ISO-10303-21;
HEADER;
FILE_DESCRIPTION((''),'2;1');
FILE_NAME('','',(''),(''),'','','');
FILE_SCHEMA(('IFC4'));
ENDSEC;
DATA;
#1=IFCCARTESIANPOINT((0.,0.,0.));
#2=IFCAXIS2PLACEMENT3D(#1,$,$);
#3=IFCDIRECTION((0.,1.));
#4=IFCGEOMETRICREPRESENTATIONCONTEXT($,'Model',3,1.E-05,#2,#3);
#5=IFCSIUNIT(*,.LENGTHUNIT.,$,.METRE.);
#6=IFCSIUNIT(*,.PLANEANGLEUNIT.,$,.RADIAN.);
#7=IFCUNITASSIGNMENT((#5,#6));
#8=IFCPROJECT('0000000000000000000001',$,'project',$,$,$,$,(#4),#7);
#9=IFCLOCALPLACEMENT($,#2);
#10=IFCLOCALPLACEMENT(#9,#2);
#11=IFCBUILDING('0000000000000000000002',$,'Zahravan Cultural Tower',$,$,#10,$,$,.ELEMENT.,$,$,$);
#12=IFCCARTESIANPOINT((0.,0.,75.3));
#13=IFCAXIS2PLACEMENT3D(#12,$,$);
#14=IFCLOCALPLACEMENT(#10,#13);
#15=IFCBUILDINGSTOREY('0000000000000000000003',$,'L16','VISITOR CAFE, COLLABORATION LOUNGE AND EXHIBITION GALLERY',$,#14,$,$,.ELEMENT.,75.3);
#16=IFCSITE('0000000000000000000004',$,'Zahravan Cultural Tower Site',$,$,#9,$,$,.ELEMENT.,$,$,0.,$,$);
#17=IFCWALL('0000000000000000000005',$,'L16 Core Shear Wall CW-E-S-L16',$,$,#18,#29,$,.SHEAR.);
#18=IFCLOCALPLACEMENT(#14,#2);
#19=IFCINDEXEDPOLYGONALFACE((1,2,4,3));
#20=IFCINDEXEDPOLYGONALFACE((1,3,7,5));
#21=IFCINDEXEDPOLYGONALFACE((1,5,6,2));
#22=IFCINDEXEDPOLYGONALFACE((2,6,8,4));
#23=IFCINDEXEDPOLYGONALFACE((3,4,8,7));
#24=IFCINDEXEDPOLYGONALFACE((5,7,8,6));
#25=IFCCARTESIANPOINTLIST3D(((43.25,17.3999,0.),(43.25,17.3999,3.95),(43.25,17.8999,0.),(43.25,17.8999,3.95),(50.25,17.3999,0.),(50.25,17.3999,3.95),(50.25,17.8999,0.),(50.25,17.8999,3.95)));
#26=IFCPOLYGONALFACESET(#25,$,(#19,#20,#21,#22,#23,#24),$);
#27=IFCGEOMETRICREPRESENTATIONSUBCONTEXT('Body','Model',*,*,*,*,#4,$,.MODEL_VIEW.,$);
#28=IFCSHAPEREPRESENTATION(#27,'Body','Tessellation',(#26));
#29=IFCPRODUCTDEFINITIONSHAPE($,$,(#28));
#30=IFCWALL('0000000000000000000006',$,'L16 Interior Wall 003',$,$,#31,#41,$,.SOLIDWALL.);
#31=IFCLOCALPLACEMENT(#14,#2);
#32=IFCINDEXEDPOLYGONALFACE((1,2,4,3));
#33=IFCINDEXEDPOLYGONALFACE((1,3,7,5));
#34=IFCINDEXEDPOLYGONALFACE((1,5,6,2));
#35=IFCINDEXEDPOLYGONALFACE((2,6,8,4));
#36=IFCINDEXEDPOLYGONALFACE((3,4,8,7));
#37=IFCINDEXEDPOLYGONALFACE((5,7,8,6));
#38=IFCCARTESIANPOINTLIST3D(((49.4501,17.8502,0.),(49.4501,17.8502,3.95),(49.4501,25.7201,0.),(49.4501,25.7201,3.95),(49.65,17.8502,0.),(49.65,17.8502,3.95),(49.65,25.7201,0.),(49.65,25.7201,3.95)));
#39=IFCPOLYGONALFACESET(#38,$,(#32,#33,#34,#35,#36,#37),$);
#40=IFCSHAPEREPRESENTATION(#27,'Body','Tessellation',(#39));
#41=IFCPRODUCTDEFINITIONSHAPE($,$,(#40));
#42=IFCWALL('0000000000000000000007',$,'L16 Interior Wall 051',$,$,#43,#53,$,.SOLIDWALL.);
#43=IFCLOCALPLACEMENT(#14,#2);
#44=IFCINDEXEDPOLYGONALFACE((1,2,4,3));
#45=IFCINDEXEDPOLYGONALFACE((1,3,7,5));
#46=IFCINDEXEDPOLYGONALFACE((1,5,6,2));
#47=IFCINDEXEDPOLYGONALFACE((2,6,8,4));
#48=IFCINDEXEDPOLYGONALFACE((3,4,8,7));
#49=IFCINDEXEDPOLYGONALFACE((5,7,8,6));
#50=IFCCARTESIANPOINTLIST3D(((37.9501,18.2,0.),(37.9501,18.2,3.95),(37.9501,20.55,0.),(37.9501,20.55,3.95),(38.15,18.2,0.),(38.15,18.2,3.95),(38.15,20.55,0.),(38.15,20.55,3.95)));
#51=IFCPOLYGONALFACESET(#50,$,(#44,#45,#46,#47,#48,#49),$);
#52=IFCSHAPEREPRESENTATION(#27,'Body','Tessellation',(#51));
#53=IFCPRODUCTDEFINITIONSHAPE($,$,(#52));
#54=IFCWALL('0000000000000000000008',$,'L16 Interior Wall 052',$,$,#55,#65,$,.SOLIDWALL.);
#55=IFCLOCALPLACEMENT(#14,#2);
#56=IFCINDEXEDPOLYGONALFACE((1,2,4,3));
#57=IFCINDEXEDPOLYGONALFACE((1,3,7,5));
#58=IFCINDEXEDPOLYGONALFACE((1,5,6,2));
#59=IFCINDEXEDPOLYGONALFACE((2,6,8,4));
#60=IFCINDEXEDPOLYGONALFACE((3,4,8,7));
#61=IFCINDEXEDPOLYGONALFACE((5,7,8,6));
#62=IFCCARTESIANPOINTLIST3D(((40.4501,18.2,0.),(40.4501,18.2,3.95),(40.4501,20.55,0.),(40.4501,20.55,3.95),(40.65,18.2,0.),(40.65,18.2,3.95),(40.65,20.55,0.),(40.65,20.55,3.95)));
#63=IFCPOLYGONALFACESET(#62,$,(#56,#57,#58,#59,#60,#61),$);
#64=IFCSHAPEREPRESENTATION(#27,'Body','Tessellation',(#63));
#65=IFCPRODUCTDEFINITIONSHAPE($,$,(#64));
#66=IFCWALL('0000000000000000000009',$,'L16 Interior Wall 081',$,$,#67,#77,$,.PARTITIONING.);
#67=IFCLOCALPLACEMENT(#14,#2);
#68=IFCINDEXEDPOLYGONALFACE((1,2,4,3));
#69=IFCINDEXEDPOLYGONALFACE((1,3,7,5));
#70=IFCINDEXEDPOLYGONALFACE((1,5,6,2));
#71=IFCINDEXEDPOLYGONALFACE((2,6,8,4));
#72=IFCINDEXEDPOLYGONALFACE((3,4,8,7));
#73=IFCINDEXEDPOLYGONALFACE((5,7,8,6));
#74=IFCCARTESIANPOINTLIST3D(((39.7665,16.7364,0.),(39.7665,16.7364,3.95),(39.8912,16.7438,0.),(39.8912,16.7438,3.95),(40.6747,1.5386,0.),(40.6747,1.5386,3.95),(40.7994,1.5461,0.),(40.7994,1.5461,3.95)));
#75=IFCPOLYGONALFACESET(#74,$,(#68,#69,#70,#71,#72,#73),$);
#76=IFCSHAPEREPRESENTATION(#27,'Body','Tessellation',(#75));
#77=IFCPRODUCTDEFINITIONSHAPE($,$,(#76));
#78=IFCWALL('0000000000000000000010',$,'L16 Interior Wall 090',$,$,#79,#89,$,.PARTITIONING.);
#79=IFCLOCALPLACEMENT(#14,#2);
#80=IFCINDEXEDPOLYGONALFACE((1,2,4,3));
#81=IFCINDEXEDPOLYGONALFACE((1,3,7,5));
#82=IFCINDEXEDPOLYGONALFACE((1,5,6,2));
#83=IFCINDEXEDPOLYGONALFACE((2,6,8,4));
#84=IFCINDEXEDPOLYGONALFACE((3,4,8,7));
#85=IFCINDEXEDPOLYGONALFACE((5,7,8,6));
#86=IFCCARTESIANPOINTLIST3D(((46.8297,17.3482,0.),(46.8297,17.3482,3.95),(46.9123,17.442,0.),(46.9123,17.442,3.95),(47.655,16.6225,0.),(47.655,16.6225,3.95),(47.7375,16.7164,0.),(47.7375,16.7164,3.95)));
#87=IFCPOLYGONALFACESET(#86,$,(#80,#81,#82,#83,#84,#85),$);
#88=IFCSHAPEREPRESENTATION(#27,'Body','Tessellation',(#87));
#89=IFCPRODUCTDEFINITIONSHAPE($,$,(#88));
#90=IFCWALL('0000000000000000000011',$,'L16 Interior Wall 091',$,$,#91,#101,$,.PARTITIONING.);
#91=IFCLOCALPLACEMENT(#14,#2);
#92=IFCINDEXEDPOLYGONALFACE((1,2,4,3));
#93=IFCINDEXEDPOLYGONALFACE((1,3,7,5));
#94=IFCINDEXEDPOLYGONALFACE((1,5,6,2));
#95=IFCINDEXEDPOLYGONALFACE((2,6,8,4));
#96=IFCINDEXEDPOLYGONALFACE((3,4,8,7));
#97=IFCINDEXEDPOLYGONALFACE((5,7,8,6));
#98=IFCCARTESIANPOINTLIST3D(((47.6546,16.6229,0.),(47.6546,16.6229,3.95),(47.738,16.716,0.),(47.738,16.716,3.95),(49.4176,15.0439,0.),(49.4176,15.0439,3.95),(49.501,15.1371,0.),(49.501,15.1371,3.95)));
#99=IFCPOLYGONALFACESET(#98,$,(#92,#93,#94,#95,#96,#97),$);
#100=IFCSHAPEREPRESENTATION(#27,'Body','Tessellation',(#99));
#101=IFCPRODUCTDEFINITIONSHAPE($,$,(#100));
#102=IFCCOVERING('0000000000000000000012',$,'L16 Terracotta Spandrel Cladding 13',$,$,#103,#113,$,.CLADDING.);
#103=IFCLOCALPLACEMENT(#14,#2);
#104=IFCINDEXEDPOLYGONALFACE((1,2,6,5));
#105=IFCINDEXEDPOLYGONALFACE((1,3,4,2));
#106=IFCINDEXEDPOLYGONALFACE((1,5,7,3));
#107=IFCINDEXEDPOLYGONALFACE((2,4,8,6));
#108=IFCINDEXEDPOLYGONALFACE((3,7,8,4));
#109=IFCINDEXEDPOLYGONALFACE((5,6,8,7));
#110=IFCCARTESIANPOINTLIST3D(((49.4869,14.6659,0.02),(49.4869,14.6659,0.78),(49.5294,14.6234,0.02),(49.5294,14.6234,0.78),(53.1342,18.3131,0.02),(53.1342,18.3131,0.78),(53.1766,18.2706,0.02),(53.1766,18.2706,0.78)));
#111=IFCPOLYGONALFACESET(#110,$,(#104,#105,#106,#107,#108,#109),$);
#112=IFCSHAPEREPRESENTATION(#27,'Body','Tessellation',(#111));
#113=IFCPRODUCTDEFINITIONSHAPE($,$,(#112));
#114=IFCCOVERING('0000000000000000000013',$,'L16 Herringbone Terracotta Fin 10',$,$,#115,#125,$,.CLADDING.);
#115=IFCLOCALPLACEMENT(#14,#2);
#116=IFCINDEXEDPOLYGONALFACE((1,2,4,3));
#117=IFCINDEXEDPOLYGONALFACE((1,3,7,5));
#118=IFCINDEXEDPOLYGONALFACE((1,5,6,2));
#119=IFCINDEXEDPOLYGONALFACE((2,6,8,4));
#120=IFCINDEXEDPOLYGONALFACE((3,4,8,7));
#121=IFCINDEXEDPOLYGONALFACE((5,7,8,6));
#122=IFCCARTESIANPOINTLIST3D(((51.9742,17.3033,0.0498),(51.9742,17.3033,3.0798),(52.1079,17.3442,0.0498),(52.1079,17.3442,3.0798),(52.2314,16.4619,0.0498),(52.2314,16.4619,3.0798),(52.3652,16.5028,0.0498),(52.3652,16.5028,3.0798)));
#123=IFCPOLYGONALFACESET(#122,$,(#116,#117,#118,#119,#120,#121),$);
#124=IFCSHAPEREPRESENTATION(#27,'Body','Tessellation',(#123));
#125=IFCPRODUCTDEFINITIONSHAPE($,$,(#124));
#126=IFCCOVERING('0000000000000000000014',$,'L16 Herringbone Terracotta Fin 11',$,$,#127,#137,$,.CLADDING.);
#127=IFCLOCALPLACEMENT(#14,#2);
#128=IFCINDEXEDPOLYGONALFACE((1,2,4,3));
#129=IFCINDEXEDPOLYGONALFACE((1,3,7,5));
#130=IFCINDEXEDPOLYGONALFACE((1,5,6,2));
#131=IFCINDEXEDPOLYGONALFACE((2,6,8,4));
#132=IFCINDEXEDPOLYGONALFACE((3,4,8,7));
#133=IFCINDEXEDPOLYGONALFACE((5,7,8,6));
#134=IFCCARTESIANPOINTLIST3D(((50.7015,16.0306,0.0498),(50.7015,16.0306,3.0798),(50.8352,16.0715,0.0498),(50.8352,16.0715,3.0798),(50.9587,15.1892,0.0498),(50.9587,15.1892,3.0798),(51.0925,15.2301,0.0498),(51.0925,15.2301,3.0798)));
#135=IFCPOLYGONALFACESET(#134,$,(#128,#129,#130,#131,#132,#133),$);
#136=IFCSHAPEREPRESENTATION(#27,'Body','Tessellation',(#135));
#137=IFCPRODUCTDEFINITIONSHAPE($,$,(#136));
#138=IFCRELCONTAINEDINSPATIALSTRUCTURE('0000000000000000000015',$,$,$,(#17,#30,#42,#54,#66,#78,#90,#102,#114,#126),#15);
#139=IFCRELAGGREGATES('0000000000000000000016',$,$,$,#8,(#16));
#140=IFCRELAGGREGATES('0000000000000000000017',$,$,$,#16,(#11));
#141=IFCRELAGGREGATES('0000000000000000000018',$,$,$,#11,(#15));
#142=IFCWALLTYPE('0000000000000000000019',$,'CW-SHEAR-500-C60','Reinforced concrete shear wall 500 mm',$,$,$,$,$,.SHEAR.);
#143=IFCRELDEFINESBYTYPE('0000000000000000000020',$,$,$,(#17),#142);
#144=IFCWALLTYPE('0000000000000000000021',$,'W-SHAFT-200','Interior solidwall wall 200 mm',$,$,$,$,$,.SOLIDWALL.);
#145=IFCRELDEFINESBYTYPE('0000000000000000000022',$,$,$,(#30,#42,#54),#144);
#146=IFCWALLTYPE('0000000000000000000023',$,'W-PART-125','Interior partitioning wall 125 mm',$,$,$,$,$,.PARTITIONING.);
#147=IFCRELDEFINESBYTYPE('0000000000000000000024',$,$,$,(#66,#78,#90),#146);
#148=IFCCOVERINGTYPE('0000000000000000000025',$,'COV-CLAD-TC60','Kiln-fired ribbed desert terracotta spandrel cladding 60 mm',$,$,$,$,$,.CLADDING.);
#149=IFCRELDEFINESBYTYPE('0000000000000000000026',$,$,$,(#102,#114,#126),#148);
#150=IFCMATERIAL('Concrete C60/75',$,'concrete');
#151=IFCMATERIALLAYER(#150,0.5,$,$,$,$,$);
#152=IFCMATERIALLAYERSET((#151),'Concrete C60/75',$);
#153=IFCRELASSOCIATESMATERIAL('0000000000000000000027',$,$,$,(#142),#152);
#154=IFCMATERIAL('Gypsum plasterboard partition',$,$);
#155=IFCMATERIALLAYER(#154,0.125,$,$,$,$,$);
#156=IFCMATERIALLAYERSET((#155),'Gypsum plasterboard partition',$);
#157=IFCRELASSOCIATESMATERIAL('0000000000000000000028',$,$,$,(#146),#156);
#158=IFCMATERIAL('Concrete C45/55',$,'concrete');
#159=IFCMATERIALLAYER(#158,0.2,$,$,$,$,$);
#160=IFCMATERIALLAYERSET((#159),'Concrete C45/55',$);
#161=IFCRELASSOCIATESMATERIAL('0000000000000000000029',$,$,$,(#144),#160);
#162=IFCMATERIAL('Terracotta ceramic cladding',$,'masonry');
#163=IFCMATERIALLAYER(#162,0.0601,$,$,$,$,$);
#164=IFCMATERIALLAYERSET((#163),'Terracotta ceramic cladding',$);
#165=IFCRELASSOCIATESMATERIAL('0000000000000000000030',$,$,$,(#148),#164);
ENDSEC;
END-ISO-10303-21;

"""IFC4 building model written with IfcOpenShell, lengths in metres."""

from ifc_helpers import new_model, si_unit, direction, frame, frame_2d, origin, origin_2d, place, context, subcontext, project, spatial, rectangle, extrude, source, transform, mapped, material, layer, layer_set, type_object, element, save


model = new_model("IFC4")

# Units and contexts
model_context = context("Model", 3, precision=1e-05, world=origin(), true_north=direction((0.0, 1.0)))
body_context = subcontext(model_context, "Body", "Model", "MODEL_VIEW")
ifc_project = project(units=[si_unit("LENGTHUNIT", "METRE"), si_unit("PLANEANGLEUNIT", "RADIAN")], contexts=[model_context])

# Site, building, storey
site_placement = place(None, origin())
site = spatial("IfcSite", under=ifc_project, at=site_placement, Name="Zahravan Cultural Tower Site", CompositionType="ELEMENT", RefElevation=0.0)
building_placement = place(site_placement, origin())
building = spatial("IfcBuilding", under=site, at=building_placement, Name="Zahravan Cultural Tower", CompositionType="ELEMENT")
storey_placement = place(building_placement, frame((0.0, 0.0, 75.3)))
storey = spatial("IfcBuildingStorey", under=building, at=storey_placement, Name="L16", Description="VISITOR CAFE, COLLABORATION LOUNGE AND EXHIBITION GALLERY", CompositionType="ELEMENT", Elevation=75.3)

# Shared definitions
ifc_material_1 = material(Name="Concrete C60/75", Category="concrete")

# Shared definitions
ifc_layer_1 = layer(ifc_material_1, 0.5)
ifc_layer_set_1 = layer_set([ifc_layer_1], Name="Concrete C60/75")
wall_type_1 = type_object("IfcWallType", Name="CW-SHEAR-500-C60", Description="Reinforced concrete shear wall 500 mm", PredefinedType="SHEAR", material=ifc_layer_set_1)

# Shared definitions
ifc_material_2 = material(Name="Gypsum plasterboard partition")
ifc_layer_2 = layer(ifc_material_2, 0.125)
ifc_layer_set_2 = layer_set([ifc_layer_2], Name="Gypsum plasterboard partition")
wall_type_2 = type_object("IfcWallType", Name="W-PART-125", Description="Interior partitioning wall 125 mm", PredefinedType="PARTITIONING", material=ifc_layer_set_2)
ifc_material_3 = material(Name="Concrete C45/55", Category="concrete")
ifc_layer_3 = layer(ifc_material_3, 0.2)
ifc_layer_set_3 = layer_set([ifc_layer_3], Name="Concrete C45/55")
wall_type_3 = type_object("IfcWallType", Name="W-SHAFT-200", Description="Interior solidwall wall 200 mm", PredefinedType="SOLIDWALL", material=ifc_layer_set_3)

# Walls
shared_shape_1 = source(origin(), body_context, "Body", "SweptSolid", [
    extrude(rectangle(XDim=7.0, YDim=0.5, at=frame_2d((3.5, 0.0))), origin(), (0.0, 0.0, 1.0), 3.95),
])
wall_1_placement = place(storey_placement, frame((43.25, 17.6499, 0.0), z_axis=(0.0, 0.0, 1.0), x_axis=(1.0, 0.0, 0.0)))
element("IfcWall", 1, at=wall_1_placement, inside=storey, type_object=wall_type_1, Name="L16 Core Shear Wall CW-E-S-L16", PredefinedType="SHEAR", context=body_context, shape_type="MappedRepresentation", body=[
    mapped(shared_shape_1, transform((0.0, 0.0, 0.0), x_axis=(1.0, 0.0, 0.0), y_axis=(0.0, 1.0, 0.0), z_axis=(0.0, 0.0, 1.0), scale=1.0)),
])
shared_shape_2 = source(origin(), body_context, "Body", "SweptSolid", [
    extrude(rectangle(XDim=7.8699, YDim=0.2, at=frame_2d((3.9351, 0.0))), origin(), (0.0, 0.0, 1.0), 3.95),
])
wall_2_placement = place(storey_placement, frame((49.55, 17.8501, 0.0), z_axis=(0.0, 0.0, 1.0), x_axis=(0.0, 1.0, 0.0)))
element("IfcWall", 2, at=wall_2_placement, inside=storey, type_object=wall_type_3, Name="L16 Interior Wall 003", PredefinedType="SOLIDWALL", context=body_context, shape_type="MappedRepresentation", body=[
    mapped(shared_shape_2, transform((0.0, 0.0, 0.0), x_axis=(1.0, 0.0, 0.0), y_axis=(0.0, 1.0, 0.0), z_axis=(0.0, 0.0, 1.0), scale=1.0)),
])
shared_shape_3 = source(origin(), body_context, "Body", "SweptSolid", [
    extrude(rectangle(XDim=2.3501, YDim=0.2, at=frame_2d((1.175, 0.0))), origin(), (0.0, 0.0, 1.0), 3.95),
])
for number, where, z_axis, x_axis, name in (
    (3, (38.05, 18.2, 0.0), (0.0, 0.0, 1.0), (0.0, 1.0, 0.0), "L16 Interior Wall 051"),
    (4, (40.55, 18.2, 0.0), (0.0, 0.0, 1.0), (0.0, 1.0, 0.0), "L16 Interior Wall 052"),
):
    element("IfcWall", number, at=place(storey_placement, frame(where, z_axis=z_axis, x_axis=x_axis)), inside=storey, type_object=wall_type_3, Name=name, PredefinedType="SOLIDWALL", context=body_context, shape_type="MappedRepresentation", body=[
        mapped(shared_shape_3, transform((0.0, 0.0, 0.0), x_axis=(1.0, 0.0, 0.0), y_axis=(0.0, 1.0, 0.0), z_axis=(0.0, 0.0, 1.0), scale=1.0)),
    ])
shared_shape_4 = source(origin(), body_context, "Body", "SweptSolid", [
    extrude(rectangle(XDim=15.2249, YDim=0.125, at=frame_2d((7.6123, 0.0))), origin(), (0.0, 0.0, 1.0), 3.95),
])
wall_3_placement = place(storey_placement, frame((39.8289, 16.74, 0.0), z_axis=(0.0, 0.0, 1.0), x_axis=(0.059653, -0.998219, 0.0)))
element("IfcWall", 5, at=wall_3_placement, inside=storey, type_object=wall_type_2, Name="L16 Interior Wall 081", PredefinedType="PARTITIONING", context=body_context, shape_type="MappedRepresentation", body=[
    mapped(shared_shape_4, transform((0.0, 0.0, 0.0), x_axis=(1.0, 0.0, 0.0), y_axis=(0.0, 1.0, 0.0), z_axis=(0.0, 0.0, 1.0), scale=1.0)),
])
shared_shape_5 = source(origin(), body_context, "Body", "SweptSolid", [
    extrude(rectangle(XDim=1.0989, YDim=0.125, at=frame_2d((0.5493, 0.0))), origin(), (0.0, 0.0, 1.0), 3.95),
])
wall_4_placement = place(storey_placement, frame((46.8711, 17.395, 0.0), z_axis=(0.0, 0.0, 1.0), x_axis=(0.750978, -0.660327, 0.0)))
element("IfcWall", 6, at=wall_4_placement, inside=storey, type_object=wall_type_2, Name="L16 Interior Wall 090", PredefinedType="PARTITIONING", context=body_context, shape_type="MappedRepresentation", body=[
    mapped(shared_shape_5, transform((0.0, 0.0, 0.0), x_axis=(1.0, 0.0, 0.0), y_axis=(0.0, 1.0, 0.0), z_axis=(0.0, 0.0, 1.0), scale=1.0)),
])
shared_shape_6 = source(origin(), body_context, "Body", "SweptSolid", [
    extrude(rectangle(XDim=2.3667, YDim=0.125, at=frame_2d((1.1833, 0.0))), origin(), (0.0, 0.0, 1.0), 3.95),
])
wall_5_placement = place(storey_placement, frame((47.6963, 16.6694, 0.0), z_axis=(0.0, 0.0, 1.0), x_axis=(0.744928, -0.667145, 0.0)))
element("IfcWall", 7, at=wall_5_placement, inside=storey, type_object=wall_type_2, Name="L16 Interior Wall 091", PredefinedType="PARTITIONING", context=body_context, shape_type="MappedRepresentation", body=[
    mapped(shared_shape_6, transform((0.0, 0.0, 0.0), x_axis=(1.0, 0.0, 0.0), y_axis=(0.0, 1.0, 0.0), z_axis=(0.0, 0.0, 1.0), scale=1.0)),
])

# Coverings
ifc_material_4 = material(Name="Terracotta ceramic cladding", Category="masonry")
ifc_layer_4 = layer(ifc_material_4, 0.0601)
ifc_layer_set_4 = layer_set([ifc_layer_4], Name="Terracotta ceramic cladding")
covering_type = type_object("IfcCoveringType", Name="COV-CLAD-TC60", Description="Kiln-fired ribbed desert terracotta spandrel cladding 60 mm", PredefinedType="CLADDING", material=ifc_layer_set_4)
shared_shape_7 = source(origin(), body_context, "Body", "SweptSolid", [
    extrude(rectangle(XDim=5.158, YDim=0.0601, at=origin_2d()), origin(), (0.0, 0.0, 1.0), 0.76),
])
covering_placement = place(storey_placement, frame((51.3318, 16.4683, 0.02), z_axis=(0.0, 0.0, 1.0), x_axis=(-0.707107, -0.707107, 0.0)))
element("IfcCovering", 8, at=covering_placement, inside=storey, type_object=covering_type, Name="L16 Terracotta Spandrel Cladding 13", PredefinedType="CLADDING", context=body_context, shape_type="MappedRepresentation", body=[
    mapped(shared_shape_7, transform((0.0, 0.0, 0.0), x_axis=(1.0, 0.0, 0.0), y_axis=(0.0, 1.0, 0.0), z_axis=(0.0, 0.0, 1.0), scale=1.0)),
])
shared_shape_8 = source(origin(), body_context, "Body", "SweptSolid", [
    extrude(rectangle(XDim=0.8799, YDim=0.1399, at=origin_2d()), origin(), (0.0, 0.0, 1.0), 3.03),
])
for number, where, z_axis, x_axis, name in (
    (9, (52.1697, 16.9031, 0.0498), (0.0, 0.0, 1.0), (0.292372, -0.956305, 0.0), "L16 Herringbone Terracotta Fin 10"),
    (10, (50.897, 15.6304, 0.0498), (0.0, 0.0, 1.0), (0.292372, -0.956305, 0.0), "L16 Herringbone Terracotta Fin 11"),
):
    element("IfcCovering", number, at=place(storey_placement, frame(where, z_axis=z_axis, x_axis=x_axis)), inside=storey, type_object=covering_type, Name=name, PredefinedType="CLADDING", context=body_context, shape_type="MappedRepresentation", body=[
        mapped(shared_shape_8, transform((0.0, 0.0, 0.0), x_axis=(1.0, 0.0, 0.0), y_axis=(0.0, 1.0, 0.0), z_axis=(0.0, 0.0, 1.0), scale=1.0)),
    ])

save(model, "model.ifc")
